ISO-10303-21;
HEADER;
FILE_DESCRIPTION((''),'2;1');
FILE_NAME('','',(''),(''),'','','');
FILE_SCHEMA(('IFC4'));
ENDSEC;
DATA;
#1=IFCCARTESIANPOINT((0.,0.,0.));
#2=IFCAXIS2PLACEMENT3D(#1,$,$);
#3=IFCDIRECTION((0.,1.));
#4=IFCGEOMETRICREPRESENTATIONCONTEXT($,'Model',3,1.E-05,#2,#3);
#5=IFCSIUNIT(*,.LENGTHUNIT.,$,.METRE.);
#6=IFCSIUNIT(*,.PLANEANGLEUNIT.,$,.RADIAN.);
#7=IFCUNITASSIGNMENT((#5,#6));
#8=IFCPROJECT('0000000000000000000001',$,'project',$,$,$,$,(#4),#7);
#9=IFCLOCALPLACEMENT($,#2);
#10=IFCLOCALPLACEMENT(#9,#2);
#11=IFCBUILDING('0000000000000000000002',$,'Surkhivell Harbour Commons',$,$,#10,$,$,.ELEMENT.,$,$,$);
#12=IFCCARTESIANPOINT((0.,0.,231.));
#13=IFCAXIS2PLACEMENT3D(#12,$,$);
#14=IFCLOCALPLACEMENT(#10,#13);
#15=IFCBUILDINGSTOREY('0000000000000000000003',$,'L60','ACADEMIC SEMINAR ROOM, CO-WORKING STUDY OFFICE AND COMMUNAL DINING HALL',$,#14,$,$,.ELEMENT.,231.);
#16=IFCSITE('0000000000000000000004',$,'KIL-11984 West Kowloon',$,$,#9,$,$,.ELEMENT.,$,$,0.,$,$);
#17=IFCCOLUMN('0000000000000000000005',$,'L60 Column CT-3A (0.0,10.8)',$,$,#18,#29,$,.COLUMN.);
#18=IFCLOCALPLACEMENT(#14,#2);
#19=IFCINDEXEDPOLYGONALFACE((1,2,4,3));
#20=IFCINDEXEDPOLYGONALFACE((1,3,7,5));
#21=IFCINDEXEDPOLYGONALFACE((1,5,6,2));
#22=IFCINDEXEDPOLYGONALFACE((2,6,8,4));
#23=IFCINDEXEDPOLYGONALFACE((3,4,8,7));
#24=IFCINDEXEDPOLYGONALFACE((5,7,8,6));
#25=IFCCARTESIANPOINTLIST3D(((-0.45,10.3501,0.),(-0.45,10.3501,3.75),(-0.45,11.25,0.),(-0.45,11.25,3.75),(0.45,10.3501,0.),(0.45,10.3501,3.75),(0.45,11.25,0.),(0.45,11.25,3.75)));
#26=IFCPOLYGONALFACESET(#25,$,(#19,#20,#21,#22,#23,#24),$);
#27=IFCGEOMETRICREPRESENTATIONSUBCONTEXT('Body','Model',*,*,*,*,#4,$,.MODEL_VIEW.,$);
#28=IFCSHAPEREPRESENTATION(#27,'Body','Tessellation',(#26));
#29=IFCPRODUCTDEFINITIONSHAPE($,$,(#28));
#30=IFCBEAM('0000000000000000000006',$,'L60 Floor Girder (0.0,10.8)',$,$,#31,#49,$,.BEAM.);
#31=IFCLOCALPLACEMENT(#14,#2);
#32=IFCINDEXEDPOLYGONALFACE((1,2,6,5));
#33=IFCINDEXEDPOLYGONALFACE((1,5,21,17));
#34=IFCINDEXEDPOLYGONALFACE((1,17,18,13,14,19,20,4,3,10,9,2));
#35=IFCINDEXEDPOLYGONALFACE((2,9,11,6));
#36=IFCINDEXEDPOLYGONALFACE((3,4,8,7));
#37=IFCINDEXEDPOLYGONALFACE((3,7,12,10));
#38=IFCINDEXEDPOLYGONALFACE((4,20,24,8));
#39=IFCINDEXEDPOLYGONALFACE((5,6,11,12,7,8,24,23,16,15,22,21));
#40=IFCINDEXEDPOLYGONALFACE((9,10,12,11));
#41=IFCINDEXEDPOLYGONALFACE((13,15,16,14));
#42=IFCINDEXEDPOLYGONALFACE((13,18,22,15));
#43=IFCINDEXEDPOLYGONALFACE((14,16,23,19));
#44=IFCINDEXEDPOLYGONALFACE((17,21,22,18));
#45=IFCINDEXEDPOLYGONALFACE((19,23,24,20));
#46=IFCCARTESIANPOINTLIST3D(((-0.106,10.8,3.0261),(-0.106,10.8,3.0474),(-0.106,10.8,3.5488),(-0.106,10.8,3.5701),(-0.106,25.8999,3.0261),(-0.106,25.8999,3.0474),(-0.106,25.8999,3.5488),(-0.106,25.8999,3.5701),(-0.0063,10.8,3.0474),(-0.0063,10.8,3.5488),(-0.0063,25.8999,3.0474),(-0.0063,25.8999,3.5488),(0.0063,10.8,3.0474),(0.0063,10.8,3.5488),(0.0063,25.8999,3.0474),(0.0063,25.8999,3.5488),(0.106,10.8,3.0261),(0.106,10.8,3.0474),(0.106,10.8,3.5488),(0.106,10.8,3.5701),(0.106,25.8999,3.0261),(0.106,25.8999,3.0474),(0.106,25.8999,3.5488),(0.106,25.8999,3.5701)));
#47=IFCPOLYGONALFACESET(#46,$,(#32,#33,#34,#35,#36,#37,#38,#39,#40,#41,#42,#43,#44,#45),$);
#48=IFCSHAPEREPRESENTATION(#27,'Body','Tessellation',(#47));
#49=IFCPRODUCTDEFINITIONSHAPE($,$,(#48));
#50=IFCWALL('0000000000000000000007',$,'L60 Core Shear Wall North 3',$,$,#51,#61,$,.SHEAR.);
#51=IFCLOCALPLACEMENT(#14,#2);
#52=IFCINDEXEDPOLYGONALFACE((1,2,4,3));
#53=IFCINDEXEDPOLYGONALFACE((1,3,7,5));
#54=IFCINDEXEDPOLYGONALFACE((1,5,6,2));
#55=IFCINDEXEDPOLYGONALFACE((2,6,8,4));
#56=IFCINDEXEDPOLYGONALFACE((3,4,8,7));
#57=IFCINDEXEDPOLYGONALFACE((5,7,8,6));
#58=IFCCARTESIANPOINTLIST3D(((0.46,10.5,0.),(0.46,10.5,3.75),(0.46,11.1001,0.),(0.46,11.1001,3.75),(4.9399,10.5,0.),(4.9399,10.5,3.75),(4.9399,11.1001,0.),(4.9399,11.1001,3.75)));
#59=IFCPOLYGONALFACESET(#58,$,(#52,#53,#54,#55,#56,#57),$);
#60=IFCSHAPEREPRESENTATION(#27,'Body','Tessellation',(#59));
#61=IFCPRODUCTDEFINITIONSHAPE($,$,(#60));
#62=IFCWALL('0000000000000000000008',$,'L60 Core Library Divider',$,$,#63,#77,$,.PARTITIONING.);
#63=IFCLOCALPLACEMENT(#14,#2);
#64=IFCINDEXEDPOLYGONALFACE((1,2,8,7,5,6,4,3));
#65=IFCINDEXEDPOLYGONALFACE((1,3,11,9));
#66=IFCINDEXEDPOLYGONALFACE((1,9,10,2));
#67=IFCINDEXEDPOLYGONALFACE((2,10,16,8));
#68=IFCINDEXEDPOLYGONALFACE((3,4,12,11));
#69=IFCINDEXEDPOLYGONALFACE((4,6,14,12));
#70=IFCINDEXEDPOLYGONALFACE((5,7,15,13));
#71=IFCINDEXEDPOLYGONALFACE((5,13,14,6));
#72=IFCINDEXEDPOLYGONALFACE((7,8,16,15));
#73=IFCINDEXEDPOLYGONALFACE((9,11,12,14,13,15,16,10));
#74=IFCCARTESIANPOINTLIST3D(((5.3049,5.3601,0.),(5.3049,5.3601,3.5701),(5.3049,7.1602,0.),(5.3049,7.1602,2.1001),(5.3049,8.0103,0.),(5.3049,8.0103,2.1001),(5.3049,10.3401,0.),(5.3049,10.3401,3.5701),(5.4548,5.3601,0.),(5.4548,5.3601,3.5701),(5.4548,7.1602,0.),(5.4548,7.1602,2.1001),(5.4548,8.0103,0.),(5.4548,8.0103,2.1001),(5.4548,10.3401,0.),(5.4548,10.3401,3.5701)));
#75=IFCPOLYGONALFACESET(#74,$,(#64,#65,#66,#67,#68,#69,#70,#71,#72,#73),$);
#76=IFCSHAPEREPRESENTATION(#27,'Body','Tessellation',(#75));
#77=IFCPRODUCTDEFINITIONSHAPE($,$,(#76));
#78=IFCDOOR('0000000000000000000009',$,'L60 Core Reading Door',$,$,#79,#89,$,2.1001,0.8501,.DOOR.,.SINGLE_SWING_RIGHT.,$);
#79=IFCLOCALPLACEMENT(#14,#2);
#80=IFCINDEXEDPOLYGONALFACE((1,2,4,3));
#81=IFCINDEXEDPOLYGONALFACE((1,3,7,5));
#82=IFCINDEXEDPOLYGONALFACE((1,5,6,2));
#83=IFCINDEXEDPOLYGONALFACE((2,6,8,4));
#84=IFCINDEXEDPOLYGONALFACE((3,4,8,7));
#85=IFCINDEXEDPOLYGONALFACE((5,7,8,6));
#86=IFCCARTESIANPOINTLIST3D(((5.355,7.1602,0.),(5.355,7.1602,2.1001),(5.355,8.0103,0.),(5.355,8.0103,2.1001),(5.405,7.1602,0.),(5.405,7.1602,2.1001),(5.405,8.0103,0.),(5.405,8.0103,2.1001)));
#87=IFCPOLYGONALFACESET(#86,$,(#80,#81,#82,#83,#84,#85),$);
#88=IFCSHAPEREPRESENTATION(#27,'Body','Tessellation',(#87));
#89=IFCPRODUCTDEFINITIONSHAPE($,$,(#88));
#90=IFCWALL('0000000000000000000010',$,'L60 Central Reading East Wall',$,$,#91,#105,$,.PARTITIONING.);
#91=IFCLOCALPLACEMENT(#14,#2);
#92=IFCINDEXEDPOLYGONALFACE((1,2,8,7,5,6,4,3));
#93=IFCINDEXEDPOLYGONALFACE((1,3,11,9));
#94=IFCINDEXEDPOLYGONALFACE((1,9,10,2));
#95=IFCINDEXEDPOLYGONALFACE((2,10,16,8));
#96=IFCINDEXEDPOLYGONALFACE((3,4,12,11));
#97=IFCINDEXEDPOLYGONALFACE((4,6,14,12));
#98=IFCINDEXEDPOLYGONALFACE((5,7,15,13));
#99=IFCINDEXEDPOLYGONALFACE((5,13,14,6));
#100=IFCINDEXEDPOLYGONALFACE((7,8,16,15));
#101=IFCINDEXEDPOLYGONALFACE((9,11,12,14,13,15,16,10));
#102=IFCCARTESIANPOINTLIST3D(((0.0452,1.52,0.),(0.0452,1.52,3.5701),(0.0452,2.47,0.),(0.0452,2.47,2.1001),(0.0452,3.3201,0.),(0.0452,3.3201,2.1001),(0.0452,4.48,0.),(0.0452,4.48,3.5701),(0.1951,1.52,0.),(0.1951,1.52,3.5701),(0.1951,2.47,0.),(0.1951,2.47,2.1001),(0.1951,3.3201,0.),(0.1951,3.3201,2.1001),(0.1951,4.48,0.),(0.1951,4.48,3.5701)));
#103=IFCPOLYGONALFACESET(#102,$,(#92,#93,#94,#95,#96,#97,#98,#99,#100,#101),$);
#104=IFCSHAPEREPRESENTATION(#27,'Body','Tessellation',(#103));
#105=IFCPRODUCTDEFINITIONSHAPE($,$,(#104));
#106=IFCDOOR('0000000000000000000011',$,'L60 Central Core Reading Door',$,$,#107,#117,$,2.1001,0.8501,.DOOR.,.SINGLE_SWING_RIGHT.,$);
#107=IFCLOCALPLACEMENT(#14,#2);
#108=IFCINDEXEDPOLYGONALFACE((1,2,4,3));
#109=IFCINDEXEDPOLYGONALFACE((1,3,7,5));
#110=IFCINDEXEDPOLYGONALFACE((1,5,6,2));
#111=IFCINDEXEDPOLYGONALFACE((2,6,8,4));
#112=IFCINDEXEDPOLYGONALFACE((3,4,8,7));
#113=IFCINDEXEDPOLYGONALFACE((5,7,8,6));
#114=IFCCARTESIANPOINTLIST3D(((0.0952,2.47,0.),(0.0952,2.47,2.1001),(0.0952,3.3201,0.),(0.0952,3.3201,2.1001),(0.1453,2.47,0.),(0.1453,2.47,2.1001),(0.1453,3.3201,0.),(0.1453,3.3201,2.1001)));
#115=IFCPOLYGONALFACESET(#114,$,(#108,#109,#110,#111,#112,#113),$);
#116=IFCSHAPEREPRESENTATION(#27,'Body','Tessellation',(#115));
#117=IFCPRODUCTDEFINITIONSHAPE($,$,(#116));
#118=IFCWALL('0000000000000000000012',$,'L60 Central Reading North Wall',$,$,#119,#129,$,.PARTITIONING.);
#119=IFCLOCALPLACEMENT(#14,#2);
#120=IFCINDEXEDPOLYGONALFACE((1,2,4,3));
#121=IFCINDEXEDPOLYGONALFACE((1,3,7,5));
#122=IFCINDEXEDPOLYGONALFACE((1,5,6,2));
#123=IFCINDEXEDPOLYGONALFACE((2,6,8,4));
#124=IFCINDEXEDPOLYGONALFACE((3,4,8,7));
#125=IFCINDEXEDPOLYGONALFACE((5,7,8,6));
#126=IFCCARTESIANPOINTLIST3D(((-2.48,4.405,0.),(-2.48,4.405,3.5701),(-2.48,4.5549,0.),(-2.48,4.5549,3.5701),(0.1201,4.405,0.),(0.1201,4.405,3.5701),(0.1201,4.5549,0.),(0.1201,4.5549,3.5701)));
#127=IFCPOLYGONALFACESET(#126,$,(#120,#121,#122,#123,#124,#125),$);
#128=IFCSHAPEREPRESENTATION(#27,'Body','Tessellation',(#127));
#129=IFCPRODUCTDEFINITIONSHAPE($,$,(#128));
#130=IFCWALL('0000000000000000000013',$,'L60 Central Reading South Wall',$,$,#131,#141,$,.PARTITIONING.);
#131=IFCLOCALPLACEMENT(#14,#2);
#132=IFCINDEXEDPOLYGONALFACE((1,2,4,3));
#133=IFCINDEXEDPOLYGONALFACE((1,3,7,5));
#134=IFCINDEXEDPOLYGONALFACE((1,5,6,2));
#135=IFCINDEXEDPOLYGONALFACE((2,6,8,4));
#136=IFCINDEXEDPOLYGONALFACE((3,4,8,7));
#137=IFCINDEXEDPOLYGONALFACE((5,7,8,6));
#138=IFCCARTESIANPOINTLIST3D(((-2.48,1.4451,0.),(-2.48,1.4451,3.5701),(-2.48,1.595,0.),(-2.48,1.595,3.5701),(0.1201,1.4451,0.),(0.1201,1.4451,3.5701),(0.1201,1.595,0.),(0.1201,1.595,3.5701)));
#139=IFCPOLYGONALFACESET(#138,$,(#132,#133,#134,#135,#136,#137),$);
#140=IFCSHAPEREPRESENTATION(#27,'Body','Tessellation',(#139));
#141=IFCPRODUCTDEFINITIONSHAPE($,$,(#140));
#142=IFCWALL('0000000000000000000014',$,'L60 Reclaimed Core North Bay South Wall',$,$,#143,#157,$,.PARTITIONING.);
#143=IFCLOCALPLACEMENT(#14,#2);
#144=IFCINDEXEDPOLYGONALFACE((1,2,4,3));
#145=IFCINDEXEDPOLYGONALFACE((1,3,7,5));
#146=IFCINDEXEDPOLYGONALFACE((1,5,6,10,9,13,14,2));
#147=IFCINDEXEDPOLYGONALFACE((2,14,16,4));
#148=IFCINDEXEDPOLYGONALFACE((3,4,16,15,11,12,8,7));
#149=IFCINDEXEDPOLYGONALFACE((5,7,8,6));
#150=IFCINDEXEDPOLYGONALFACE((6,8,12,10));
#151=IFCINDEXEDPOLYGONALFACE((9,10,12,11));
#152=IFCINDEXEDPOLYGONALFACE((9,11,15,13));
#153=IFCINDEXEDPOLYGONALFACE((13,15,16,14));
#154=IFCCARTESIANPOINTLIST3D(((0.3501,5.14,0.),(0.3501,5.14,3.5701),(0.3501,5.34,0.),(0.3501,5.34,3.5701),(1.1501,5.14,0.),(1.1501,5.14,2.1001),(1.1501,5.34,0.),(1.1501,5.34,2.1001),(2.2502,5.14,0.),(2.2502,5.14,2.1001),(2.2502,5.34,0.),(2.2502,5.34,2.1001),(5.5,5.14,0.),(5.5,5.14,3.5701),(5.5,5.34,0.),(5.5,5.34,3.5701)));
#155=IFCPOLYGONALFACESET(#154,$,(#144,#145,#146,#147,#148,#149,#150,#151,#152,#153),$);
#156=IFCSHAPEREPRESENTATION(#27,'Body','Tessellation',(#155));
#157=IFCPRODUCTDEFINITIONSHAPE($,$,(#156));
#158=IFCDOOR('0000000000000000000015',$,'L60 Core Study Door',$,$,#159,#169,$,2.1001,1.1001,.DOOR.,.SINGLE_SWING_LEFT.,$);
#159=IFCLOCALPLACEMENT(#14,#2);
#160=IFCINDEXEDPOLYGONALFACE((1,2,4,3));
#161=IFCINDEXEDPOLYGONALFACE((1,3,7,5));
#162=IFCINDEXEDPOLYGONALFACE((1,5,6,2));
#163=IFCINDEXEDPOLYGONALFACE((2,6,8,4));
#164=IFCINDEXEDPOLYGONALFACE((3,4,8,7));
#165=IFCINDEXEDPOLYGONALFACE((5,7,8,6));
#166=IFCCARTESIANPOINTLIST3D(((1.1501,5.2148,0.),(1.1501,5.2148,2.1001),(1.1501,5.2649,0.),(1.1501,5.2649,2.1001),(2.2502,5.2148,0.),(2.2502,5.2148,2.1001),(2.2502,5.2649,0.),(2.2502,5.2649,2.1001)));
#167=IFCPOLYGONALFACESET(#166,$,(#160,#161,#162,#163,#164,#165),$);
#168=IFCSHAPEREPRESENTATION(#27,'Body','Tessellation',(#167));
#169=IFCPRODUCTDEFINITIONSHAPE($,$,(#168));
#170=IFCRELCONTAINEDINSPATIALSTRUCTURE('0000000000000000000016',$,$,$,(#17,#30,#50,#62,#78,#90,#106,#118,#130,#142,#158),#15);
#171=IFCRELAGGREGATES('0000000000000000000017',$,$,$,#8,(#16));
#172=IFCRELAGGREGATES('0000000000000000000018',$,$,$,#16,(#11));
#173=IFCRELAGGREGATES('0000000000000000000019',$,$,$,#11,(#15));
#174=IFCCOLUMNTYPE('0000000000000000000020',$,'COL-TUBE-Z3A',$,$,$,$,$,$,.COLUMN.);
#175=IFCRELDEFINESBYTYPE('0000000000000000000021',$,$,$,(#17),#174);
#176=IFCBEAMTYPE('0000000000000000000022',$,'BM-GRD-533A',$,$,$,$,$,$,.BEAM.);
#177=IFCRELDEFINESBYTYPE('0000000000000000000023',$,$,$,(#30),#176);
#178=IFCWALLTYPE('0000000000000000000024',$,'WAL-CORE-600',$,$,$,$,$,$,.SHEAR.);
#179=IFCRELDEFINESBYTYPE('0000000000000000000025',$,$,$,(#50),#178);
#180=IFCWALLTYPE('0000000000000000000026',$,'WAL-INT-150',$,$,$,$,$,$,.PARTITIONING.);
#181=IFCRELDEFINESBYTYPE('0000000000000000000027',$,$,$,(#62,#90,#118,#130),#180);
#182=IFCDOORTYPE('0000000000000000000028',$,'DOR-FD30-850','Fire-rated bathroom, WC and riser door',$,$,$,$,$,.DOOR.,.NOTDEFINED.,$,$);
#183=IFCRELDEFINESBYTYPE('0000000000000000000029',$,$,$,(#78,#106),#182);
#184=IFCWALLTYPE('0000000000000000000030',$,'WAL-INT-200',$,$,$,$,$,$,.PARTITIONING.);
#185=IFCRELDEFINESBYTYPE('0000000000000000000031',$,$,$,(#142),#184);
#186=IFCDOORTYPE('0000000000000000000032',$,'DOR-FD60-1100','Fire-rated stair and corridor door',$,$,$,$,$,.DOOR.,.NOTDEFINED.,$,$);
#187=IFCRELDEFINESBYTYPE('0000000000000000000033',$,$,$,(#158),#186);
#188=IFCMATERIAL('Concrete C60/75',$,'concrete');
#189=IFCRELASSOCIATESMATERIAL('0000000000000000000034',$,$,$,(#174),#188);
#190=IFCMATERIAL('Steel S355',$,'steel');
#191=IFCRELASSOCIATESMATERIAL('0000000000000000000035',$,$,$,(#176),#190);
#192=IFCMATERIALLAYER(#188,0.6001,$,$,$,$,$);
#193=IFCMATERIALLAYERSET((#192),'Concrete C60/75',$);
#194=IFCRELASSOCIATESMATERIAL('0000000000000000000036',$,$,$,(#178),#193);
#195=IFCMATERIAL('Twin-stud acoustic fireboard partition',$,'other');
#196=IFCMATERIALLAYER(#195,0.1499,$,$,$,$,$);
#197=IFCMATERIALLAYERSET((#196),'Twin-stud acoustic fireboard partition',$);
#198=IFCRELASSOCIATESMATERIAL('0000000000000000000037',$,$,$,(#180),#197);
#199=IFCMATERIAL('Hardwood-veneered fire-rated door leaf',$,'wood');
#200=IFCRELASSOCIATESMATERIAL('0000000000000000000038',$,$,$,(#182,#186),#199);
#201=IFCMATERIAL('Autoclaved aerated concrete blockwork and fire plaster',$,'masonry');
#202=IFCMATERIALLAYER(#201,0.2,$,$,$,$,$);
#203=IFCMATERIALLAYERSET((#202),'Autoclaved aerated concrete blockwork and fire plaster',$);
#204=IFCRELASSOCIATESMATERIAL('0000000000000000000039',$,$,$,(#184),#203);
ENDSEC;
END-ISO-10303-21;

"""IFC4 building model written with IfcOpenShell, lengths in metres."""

from ifc_helpers import new_model, si_unit, direction, frame, frame_2d, origin, origin_2d, place, context, subcontext, project, spatial, rectangle, i_section, extrude, material, layer, layer_set, material_profile, profile_set, type_object, element, fill, save


model = new_model("IFC4")

# Units and contexts
model_context = context("Model", 3, precision=1e-05, world=origin(), true_north=direction((0.0, 1.0)))
body_context = subcontext(model_context, "Body", "Model", "MODEL_VIEW")
ifc_project = project(units=[si_unit("LENGTHUNIT", "METRE"), si_unit("PLANEANGLEUNIT", "RADIAN")], contexts=[model_context])

# Site, building, storey
site_placement = place(None, origin())
site = spatial("IfcSite", under=ifc_project, at=site_placement, Name="KIL-11984 West Kowloon", CompositionType="ELEMENT", RefElevation=0.0)
building_placement = place(site_placement, origin())
building = spatial("IfcBuilding", under=site, at=building_placement, Name="Surkhivell Harbour Commons", CompositionType="ELEMENT")
storey_placement = place(building_placement, frame((0.0, 0.0, 231.0)))
storey = spatial("IfcBuildingStorey", under=building, at=storey_placement, Name="L60", Description="ACADEMIC SEMINAR ROOM, CO-WORKING STUDY OFFICE AND COMMUNAL DINING HALL", CompositionType="ELEMENT", Elevation=231.0)

# Column
ifc_material_1 = material(Name="Concrete C60/75", Category="concrete")
ifc_material_profile_1 = material_profile(ifc_material_1, rectangle(XDim=0.8999, YDim=0.8999, at=origin_2d()), Name="RC-COL-900x900")
ifc_profile_set_1 = profile_set([ifc_material_profile_1], Name="Concrete C60/75")
column_type = type_object("IfcColumnType", Name="COL-TUBE-Z3A", PredefinedType="COLUMN", material=ifc_profile_set_1)
column_placement = place(storey_placement, frame((0.0, 10.8, 0.0), z_axis=(0.0, 0.0, 1.0), x_axis=(1.0, 0.0, 0.0)))
element("IfcColumn", 1, at=column_placement, inside=storey, type_object=column_type, Name="L60 Column CT-3A (0.0,10.8)", PredefinedType="COLUMN", context=body_context, shape_type="SweptSolid", body=[
    extrude(rectangle(XDim=0.8999, YDim=0.8999, at=origin_2d()), origin(), (0.0, 0.0, 1.0), 3.75),
])

# Beam
ifc_material_2 = material(Name="Steel S355", Category="steel")
ifc_material_profile_2 = material_profile(ifc_material_2, i_section(OverallWidth=0.2119, OverallDepth=0.5439, WebThickness=0.0127, FlangeThickness=0.0212, at=origin_2d()), Name="UB533x210x122")
ifc_profile_set_2 = profile_set([ifc_material_profile_2], Name="Steel S355")
beam_type = type_object("IfcBeamType", Name="BM-GRD-533A", PredefinedType="BEAM", material=ifc_profile_set_2)
beam_placement = place(storey_placement, frame((0.0, 10.8, 3.2981), z_axis=(0.0, 1.0, 0.0), x_axis=(-1.0, 0.0, 0.0)))
element("IfcBeam", 2, at=beam_placement, inside=storey, type_object=beam_type, Name="L60 Floor Girder (0.0,10.8)", PredefinedType="BEAM", context=body_context, shape_type="SweptSolid", body=[
    extrude(i_section(OverallWidth=0.2119, OverallDepth=0.5439, WebThickness=0.0127, FlangeThickness=0.0212, at=origin_2d()), origin(), (0.0, 0.0, 1.0), 15.0999),
])

# Wall
ifc_layer_1 = layer(ifc_material_1, 0.6001)
ifc_layer_set_1 = layer_set([ifc_layer_1], Name="Concrete C60/75")
wall_type_1 = type_object("IfcWallType", Name="WAL-CORE-600", PredefinedType="SHEAR", material=ifc_layer_set_1)
wall_1_placement = place(storey_placement, frame((0.46, 10.8, 0.0), z_axis=(0.0, 0.0, 1.0), x_axis=(1.0, 0.0, 0.0)))
element("IfcWall", 3, at=wall_1_placement, inside=storey, type_object=wall_type_1, Name="L60 Core Shear Wall North 3", PredefinedType="SHEAR", context=body_context, shape_type="SweptSolid", body=[
    extrude(rectangle(XDim=4.48, YDim=0.6001, at=frame_2d((2.24, 0.0))), origin(), (0.0, 0.0, 1.0), 3.75),
])

# Walls, openings, doors
ifc_material_3 = material(Name="Twin-stud acoustic fireboard partition", Category="other")
ifc_layer_2 = layer(ifc_material_3, 0.1499)
ifc_layer_set_2 = layer_set([ifc_layer_2], Name="Twin-stud acoustic fireboard partition")
wall_type_2 = type_object("IfcWallType", Name="WAL-INT-150", PredefinedType="PARTITIONING", material=ifc_layer_set_2)
wall_2_placement = place(storey_placement, frame((5.3799, 5.3601, 0.0), z_axis=(0.0, 0.0, 1.0), x_axis=(0.0, 1.0, 0.0)))
wall_2 = element("IfcWall", 4, at=wall_2_placement, inside=storey, type_object=wall_type_2, Name="L60 Core Library Divider", PredefinedType="PARTITIONING", context=body_context, shape_type="SweptSolid", body=[
    extrude(rectangle(XDim=4.98, YDim=0.1499, at=frame_2d((2.49, 0.0))), origin(), (0.0, 0.0, 1.0), 3.5701),
])
opening_1_placement = place(wall_2_placement, frame((1.8, 0.0, 0.0)))
opening_1 = element("IfcOpeningElement", 5, at=opening_1_placement, cuts=wall_2, PredefinedType="OPENING", context=body_context, shape_type="SweptSolid", body=[
    extrude(rectangle(XDim=0.8501, YDim=2.1001, at=frame_2d((0.425, 1.05))), frame((0.0, 0.085, 0.0), z_axis=(0.0, -1.0, 0.0), x_axis=(1.0, 0.0, 0.0)), (0.0, 0.0, 1.0), 0.1699),
])
ifc_material_4 = material(Name="Hardwood-veneered fire-rated door leaf", Category="wood")
door_type_1 = type_object("IfcDoorType", Name="DOR-FD30-850", Description="Fire-rated bathroom, WC and riser door", OperationType="NOTDEFINED", PredefinedType="DOOR", material=ifc_material_4)
door_1_placement = place(opening_1_placement, origin())
door_1 = element("IfcDoor", 6, at=door_1_placement, inside=storey, type_object=door_type_1, Name="L60 Core Reading Door", OperationType="SINGLE_SWING_RIGHT", OverallHeight=2.1001, OverallWidth=0.8501, PredefinedType="DOOR", context=body_context, shape_type="SweptSolid", body=[
    extrude(rectangle(XDim=0.8501, YDim=2.1001, at=frame_2d((0.425, 1.05))), frame((0.0, 0.0249, 0.0), z_axis=(0.0, -1.0, 0.0), x_axis=(1.0, 0.0, 0.0)), (0.0, 0.0, 1.0), 0.05),
])
fill(opening_1, door_1)
wall_3_placement = place(storey_placement, frame((0.1201, 1.52, 0.0), z_axis=(0.0, 0.0, 1.0), x_axis=(0.0, 1.0, 0.0)))
wall_3 = element("IfcWall", 7, at=wall_3_placement, inside=storey, type_object=wall_type_2, Name="L60 Central Reading East Wall", PredefinedType="PARTITIONING", context=body_context, shape_type="SweptSolid", body=[
    extrude(rectangle(XDim=2.96, YDim=0.1499, at=frame_2d((1.48, 0.0))), origin(), (0.0, 0.0, 1.0), 3.5701),
])
opening_2_placement = place(wall_3_placement, frame((0.95, 0.0, 0.0)))
opening_2 = element("IfcOpeningElement", 8, at=opening_2_placement, cuts=wall_3, PredefinedType="OPENING", context=body_context, shape_type="SweptSolid", body=[
    extrude(rectangle(XDim=0.8501, YDim=2.1001, at=frame_2d((0.425, 1.05))), frame((0.0, 0.085, 0.0), z_axis=(0.0, -1.0, 0.0), x_axis=(1.0, 0.0, 0.0)), (0.0, 0.0, 1.0), 0.1699),
])
door_2_placement = place(opening_2_placement, origin())
door_2 = element("IfcDoor", 9, at=door_2_placement, inside=storey, type_object=door_type_1, Name="L60 Central Core Reading Door", OperationType="SINGLE_SWING_RIGHT", OverallHeight=2.1001, OverallWidth=0.8501, PredefinedType="DOOR", context=body_context, shape_type="SweptSolid", body=[
    extrude(rectangle(XDim=0.8501, YDim=2.1001, at=frame_2d((0.425, 1.05))), frame((0.0, 0.0249, 0.0), z_axis=(0.0, -1.0, 0.0), x_axis=(1.0, 0.0, 0.0)), (0.0, 0.0, 1.0), 0.05),
])
fill(opening_2, door_2)

# Walls
for number, where, z_axis, x_axis, name in (
    (10, (-2.48, 4.48, 0.0), (0.0, 0.0, 1.0), (1.0, 0.0, 0.0), "L60 Central Reading North Wall"),
    (11, (-2.48, 1.52, 0.0), (0.0, 0.0, 1.0), (1.0, 0.0, 0.0), "L60 Central Reading South Wall"),
):
    element("IfcWall", number, at=place(storey_placement, frame(where, z_axis=z_axis, x_axis=x_axis)), inside=storey, type_object=wall_type_2, Name=name, PredefinedType="PARTITIONING", context=body_context, shape_type="SweptSolid", body=[
        extrude(rectangle(XDim=2.6001, YDim=0.1499, at=frame_2d((1.3, 0.0))), origin(), (0.0, 0.0, 1.0), 3.5701),
    ])

# Wall, opening, door
ifc_material_5 = material(Name="Autoclaved aerated concrete blockwork and fire plaster", Category="masonry")
ifc_layer_3 = layer(ifc_material_5, 0.2)
ifc_layer_set_3 = layer_set([ifc_layer_3], Name="Autoclaved aerated concrete blockwork and fire plaster")
wall_type_3 = type_object("IfcWallType", Name="WAL-INT-200", PredefinedType="PARTITIONING", material=ifc_layer_set_3)
wall_4_placement = place(storey_placement, frame((0.3501, 5.24, 0.0), z_axis=(0.0, 0.0, 1.0), x_axis=(1.0, 0.0, 0.0)))
wall_4 = element("IfcWall", 12, at=wall_4_placement, inside=storey, type_object=wall_type_3, Name="L60 Reclaimed Core North Bay South Wall", PredefinedType="PARTITIONING", context=body_context, shape_type="SweptSolid", body=[
    extrude(rectangle(XDim=5.1499, YDim=0.2, at=frame_2d((2.575, 0.0))), origin(), (0.0, 0.0, 1.0), 3.5701),
])
opening_3_placement = place(wall_4_placement, frame((0.8, 0.0, 0.0)))
opening_3 = element("IfcOpeningElement", 13, at=opening_3_placement, cuts=wall_4, PredefinedType="OPENING", context=body_context, shape_type="SweptSolid", body=[
    extrude(rectangle(XDim=1.1001, YDim=2.1001, at=frame_2d((0.55, 1.05))), frame((0.0, 0.1099, 0.0), z_axis=(0.0, -1.0, 0.0), x_axis=(1.0, 0.0, 0.0)), (0.0, 0.0, 1.0), 0.22),
])
door_type_2 = type_object("IfcDoorType", Name="DOR-FD60-1100", Description="Fire-rated stair and corridor door", OperationType="NOTDEFINED", PredefinedType="DOOR", material=ifc_material_4)
door_3_placement = place(opening_3_placement, origin())
door_3 = element("IfcDoor", 14, at=door_3_placement, inside=storey, type_object=door_type_2, Name="L60 Core Study Door", OperationType="SINGLE_SWING_LEFT", OverallHeight=2.1001, OverallWidth=1.1001, PredefinedType="DOOR", context=body_context, shape_type="SweptSolid", body=[
    extrude(rectangle(XDim=1.1001, YDim=2.1001, at=frame_2d((0.55, 1.05))), frame((0.0, 0.0249, 0.0), z_axis=(0.0, -1.0, 0.0), x_axis=(1.0, 0.0, 0.0)), (0.0, 0.0, 1.0), 0.05),
])
fill(opening_3, door_3)

save(model, "model.ifc")
